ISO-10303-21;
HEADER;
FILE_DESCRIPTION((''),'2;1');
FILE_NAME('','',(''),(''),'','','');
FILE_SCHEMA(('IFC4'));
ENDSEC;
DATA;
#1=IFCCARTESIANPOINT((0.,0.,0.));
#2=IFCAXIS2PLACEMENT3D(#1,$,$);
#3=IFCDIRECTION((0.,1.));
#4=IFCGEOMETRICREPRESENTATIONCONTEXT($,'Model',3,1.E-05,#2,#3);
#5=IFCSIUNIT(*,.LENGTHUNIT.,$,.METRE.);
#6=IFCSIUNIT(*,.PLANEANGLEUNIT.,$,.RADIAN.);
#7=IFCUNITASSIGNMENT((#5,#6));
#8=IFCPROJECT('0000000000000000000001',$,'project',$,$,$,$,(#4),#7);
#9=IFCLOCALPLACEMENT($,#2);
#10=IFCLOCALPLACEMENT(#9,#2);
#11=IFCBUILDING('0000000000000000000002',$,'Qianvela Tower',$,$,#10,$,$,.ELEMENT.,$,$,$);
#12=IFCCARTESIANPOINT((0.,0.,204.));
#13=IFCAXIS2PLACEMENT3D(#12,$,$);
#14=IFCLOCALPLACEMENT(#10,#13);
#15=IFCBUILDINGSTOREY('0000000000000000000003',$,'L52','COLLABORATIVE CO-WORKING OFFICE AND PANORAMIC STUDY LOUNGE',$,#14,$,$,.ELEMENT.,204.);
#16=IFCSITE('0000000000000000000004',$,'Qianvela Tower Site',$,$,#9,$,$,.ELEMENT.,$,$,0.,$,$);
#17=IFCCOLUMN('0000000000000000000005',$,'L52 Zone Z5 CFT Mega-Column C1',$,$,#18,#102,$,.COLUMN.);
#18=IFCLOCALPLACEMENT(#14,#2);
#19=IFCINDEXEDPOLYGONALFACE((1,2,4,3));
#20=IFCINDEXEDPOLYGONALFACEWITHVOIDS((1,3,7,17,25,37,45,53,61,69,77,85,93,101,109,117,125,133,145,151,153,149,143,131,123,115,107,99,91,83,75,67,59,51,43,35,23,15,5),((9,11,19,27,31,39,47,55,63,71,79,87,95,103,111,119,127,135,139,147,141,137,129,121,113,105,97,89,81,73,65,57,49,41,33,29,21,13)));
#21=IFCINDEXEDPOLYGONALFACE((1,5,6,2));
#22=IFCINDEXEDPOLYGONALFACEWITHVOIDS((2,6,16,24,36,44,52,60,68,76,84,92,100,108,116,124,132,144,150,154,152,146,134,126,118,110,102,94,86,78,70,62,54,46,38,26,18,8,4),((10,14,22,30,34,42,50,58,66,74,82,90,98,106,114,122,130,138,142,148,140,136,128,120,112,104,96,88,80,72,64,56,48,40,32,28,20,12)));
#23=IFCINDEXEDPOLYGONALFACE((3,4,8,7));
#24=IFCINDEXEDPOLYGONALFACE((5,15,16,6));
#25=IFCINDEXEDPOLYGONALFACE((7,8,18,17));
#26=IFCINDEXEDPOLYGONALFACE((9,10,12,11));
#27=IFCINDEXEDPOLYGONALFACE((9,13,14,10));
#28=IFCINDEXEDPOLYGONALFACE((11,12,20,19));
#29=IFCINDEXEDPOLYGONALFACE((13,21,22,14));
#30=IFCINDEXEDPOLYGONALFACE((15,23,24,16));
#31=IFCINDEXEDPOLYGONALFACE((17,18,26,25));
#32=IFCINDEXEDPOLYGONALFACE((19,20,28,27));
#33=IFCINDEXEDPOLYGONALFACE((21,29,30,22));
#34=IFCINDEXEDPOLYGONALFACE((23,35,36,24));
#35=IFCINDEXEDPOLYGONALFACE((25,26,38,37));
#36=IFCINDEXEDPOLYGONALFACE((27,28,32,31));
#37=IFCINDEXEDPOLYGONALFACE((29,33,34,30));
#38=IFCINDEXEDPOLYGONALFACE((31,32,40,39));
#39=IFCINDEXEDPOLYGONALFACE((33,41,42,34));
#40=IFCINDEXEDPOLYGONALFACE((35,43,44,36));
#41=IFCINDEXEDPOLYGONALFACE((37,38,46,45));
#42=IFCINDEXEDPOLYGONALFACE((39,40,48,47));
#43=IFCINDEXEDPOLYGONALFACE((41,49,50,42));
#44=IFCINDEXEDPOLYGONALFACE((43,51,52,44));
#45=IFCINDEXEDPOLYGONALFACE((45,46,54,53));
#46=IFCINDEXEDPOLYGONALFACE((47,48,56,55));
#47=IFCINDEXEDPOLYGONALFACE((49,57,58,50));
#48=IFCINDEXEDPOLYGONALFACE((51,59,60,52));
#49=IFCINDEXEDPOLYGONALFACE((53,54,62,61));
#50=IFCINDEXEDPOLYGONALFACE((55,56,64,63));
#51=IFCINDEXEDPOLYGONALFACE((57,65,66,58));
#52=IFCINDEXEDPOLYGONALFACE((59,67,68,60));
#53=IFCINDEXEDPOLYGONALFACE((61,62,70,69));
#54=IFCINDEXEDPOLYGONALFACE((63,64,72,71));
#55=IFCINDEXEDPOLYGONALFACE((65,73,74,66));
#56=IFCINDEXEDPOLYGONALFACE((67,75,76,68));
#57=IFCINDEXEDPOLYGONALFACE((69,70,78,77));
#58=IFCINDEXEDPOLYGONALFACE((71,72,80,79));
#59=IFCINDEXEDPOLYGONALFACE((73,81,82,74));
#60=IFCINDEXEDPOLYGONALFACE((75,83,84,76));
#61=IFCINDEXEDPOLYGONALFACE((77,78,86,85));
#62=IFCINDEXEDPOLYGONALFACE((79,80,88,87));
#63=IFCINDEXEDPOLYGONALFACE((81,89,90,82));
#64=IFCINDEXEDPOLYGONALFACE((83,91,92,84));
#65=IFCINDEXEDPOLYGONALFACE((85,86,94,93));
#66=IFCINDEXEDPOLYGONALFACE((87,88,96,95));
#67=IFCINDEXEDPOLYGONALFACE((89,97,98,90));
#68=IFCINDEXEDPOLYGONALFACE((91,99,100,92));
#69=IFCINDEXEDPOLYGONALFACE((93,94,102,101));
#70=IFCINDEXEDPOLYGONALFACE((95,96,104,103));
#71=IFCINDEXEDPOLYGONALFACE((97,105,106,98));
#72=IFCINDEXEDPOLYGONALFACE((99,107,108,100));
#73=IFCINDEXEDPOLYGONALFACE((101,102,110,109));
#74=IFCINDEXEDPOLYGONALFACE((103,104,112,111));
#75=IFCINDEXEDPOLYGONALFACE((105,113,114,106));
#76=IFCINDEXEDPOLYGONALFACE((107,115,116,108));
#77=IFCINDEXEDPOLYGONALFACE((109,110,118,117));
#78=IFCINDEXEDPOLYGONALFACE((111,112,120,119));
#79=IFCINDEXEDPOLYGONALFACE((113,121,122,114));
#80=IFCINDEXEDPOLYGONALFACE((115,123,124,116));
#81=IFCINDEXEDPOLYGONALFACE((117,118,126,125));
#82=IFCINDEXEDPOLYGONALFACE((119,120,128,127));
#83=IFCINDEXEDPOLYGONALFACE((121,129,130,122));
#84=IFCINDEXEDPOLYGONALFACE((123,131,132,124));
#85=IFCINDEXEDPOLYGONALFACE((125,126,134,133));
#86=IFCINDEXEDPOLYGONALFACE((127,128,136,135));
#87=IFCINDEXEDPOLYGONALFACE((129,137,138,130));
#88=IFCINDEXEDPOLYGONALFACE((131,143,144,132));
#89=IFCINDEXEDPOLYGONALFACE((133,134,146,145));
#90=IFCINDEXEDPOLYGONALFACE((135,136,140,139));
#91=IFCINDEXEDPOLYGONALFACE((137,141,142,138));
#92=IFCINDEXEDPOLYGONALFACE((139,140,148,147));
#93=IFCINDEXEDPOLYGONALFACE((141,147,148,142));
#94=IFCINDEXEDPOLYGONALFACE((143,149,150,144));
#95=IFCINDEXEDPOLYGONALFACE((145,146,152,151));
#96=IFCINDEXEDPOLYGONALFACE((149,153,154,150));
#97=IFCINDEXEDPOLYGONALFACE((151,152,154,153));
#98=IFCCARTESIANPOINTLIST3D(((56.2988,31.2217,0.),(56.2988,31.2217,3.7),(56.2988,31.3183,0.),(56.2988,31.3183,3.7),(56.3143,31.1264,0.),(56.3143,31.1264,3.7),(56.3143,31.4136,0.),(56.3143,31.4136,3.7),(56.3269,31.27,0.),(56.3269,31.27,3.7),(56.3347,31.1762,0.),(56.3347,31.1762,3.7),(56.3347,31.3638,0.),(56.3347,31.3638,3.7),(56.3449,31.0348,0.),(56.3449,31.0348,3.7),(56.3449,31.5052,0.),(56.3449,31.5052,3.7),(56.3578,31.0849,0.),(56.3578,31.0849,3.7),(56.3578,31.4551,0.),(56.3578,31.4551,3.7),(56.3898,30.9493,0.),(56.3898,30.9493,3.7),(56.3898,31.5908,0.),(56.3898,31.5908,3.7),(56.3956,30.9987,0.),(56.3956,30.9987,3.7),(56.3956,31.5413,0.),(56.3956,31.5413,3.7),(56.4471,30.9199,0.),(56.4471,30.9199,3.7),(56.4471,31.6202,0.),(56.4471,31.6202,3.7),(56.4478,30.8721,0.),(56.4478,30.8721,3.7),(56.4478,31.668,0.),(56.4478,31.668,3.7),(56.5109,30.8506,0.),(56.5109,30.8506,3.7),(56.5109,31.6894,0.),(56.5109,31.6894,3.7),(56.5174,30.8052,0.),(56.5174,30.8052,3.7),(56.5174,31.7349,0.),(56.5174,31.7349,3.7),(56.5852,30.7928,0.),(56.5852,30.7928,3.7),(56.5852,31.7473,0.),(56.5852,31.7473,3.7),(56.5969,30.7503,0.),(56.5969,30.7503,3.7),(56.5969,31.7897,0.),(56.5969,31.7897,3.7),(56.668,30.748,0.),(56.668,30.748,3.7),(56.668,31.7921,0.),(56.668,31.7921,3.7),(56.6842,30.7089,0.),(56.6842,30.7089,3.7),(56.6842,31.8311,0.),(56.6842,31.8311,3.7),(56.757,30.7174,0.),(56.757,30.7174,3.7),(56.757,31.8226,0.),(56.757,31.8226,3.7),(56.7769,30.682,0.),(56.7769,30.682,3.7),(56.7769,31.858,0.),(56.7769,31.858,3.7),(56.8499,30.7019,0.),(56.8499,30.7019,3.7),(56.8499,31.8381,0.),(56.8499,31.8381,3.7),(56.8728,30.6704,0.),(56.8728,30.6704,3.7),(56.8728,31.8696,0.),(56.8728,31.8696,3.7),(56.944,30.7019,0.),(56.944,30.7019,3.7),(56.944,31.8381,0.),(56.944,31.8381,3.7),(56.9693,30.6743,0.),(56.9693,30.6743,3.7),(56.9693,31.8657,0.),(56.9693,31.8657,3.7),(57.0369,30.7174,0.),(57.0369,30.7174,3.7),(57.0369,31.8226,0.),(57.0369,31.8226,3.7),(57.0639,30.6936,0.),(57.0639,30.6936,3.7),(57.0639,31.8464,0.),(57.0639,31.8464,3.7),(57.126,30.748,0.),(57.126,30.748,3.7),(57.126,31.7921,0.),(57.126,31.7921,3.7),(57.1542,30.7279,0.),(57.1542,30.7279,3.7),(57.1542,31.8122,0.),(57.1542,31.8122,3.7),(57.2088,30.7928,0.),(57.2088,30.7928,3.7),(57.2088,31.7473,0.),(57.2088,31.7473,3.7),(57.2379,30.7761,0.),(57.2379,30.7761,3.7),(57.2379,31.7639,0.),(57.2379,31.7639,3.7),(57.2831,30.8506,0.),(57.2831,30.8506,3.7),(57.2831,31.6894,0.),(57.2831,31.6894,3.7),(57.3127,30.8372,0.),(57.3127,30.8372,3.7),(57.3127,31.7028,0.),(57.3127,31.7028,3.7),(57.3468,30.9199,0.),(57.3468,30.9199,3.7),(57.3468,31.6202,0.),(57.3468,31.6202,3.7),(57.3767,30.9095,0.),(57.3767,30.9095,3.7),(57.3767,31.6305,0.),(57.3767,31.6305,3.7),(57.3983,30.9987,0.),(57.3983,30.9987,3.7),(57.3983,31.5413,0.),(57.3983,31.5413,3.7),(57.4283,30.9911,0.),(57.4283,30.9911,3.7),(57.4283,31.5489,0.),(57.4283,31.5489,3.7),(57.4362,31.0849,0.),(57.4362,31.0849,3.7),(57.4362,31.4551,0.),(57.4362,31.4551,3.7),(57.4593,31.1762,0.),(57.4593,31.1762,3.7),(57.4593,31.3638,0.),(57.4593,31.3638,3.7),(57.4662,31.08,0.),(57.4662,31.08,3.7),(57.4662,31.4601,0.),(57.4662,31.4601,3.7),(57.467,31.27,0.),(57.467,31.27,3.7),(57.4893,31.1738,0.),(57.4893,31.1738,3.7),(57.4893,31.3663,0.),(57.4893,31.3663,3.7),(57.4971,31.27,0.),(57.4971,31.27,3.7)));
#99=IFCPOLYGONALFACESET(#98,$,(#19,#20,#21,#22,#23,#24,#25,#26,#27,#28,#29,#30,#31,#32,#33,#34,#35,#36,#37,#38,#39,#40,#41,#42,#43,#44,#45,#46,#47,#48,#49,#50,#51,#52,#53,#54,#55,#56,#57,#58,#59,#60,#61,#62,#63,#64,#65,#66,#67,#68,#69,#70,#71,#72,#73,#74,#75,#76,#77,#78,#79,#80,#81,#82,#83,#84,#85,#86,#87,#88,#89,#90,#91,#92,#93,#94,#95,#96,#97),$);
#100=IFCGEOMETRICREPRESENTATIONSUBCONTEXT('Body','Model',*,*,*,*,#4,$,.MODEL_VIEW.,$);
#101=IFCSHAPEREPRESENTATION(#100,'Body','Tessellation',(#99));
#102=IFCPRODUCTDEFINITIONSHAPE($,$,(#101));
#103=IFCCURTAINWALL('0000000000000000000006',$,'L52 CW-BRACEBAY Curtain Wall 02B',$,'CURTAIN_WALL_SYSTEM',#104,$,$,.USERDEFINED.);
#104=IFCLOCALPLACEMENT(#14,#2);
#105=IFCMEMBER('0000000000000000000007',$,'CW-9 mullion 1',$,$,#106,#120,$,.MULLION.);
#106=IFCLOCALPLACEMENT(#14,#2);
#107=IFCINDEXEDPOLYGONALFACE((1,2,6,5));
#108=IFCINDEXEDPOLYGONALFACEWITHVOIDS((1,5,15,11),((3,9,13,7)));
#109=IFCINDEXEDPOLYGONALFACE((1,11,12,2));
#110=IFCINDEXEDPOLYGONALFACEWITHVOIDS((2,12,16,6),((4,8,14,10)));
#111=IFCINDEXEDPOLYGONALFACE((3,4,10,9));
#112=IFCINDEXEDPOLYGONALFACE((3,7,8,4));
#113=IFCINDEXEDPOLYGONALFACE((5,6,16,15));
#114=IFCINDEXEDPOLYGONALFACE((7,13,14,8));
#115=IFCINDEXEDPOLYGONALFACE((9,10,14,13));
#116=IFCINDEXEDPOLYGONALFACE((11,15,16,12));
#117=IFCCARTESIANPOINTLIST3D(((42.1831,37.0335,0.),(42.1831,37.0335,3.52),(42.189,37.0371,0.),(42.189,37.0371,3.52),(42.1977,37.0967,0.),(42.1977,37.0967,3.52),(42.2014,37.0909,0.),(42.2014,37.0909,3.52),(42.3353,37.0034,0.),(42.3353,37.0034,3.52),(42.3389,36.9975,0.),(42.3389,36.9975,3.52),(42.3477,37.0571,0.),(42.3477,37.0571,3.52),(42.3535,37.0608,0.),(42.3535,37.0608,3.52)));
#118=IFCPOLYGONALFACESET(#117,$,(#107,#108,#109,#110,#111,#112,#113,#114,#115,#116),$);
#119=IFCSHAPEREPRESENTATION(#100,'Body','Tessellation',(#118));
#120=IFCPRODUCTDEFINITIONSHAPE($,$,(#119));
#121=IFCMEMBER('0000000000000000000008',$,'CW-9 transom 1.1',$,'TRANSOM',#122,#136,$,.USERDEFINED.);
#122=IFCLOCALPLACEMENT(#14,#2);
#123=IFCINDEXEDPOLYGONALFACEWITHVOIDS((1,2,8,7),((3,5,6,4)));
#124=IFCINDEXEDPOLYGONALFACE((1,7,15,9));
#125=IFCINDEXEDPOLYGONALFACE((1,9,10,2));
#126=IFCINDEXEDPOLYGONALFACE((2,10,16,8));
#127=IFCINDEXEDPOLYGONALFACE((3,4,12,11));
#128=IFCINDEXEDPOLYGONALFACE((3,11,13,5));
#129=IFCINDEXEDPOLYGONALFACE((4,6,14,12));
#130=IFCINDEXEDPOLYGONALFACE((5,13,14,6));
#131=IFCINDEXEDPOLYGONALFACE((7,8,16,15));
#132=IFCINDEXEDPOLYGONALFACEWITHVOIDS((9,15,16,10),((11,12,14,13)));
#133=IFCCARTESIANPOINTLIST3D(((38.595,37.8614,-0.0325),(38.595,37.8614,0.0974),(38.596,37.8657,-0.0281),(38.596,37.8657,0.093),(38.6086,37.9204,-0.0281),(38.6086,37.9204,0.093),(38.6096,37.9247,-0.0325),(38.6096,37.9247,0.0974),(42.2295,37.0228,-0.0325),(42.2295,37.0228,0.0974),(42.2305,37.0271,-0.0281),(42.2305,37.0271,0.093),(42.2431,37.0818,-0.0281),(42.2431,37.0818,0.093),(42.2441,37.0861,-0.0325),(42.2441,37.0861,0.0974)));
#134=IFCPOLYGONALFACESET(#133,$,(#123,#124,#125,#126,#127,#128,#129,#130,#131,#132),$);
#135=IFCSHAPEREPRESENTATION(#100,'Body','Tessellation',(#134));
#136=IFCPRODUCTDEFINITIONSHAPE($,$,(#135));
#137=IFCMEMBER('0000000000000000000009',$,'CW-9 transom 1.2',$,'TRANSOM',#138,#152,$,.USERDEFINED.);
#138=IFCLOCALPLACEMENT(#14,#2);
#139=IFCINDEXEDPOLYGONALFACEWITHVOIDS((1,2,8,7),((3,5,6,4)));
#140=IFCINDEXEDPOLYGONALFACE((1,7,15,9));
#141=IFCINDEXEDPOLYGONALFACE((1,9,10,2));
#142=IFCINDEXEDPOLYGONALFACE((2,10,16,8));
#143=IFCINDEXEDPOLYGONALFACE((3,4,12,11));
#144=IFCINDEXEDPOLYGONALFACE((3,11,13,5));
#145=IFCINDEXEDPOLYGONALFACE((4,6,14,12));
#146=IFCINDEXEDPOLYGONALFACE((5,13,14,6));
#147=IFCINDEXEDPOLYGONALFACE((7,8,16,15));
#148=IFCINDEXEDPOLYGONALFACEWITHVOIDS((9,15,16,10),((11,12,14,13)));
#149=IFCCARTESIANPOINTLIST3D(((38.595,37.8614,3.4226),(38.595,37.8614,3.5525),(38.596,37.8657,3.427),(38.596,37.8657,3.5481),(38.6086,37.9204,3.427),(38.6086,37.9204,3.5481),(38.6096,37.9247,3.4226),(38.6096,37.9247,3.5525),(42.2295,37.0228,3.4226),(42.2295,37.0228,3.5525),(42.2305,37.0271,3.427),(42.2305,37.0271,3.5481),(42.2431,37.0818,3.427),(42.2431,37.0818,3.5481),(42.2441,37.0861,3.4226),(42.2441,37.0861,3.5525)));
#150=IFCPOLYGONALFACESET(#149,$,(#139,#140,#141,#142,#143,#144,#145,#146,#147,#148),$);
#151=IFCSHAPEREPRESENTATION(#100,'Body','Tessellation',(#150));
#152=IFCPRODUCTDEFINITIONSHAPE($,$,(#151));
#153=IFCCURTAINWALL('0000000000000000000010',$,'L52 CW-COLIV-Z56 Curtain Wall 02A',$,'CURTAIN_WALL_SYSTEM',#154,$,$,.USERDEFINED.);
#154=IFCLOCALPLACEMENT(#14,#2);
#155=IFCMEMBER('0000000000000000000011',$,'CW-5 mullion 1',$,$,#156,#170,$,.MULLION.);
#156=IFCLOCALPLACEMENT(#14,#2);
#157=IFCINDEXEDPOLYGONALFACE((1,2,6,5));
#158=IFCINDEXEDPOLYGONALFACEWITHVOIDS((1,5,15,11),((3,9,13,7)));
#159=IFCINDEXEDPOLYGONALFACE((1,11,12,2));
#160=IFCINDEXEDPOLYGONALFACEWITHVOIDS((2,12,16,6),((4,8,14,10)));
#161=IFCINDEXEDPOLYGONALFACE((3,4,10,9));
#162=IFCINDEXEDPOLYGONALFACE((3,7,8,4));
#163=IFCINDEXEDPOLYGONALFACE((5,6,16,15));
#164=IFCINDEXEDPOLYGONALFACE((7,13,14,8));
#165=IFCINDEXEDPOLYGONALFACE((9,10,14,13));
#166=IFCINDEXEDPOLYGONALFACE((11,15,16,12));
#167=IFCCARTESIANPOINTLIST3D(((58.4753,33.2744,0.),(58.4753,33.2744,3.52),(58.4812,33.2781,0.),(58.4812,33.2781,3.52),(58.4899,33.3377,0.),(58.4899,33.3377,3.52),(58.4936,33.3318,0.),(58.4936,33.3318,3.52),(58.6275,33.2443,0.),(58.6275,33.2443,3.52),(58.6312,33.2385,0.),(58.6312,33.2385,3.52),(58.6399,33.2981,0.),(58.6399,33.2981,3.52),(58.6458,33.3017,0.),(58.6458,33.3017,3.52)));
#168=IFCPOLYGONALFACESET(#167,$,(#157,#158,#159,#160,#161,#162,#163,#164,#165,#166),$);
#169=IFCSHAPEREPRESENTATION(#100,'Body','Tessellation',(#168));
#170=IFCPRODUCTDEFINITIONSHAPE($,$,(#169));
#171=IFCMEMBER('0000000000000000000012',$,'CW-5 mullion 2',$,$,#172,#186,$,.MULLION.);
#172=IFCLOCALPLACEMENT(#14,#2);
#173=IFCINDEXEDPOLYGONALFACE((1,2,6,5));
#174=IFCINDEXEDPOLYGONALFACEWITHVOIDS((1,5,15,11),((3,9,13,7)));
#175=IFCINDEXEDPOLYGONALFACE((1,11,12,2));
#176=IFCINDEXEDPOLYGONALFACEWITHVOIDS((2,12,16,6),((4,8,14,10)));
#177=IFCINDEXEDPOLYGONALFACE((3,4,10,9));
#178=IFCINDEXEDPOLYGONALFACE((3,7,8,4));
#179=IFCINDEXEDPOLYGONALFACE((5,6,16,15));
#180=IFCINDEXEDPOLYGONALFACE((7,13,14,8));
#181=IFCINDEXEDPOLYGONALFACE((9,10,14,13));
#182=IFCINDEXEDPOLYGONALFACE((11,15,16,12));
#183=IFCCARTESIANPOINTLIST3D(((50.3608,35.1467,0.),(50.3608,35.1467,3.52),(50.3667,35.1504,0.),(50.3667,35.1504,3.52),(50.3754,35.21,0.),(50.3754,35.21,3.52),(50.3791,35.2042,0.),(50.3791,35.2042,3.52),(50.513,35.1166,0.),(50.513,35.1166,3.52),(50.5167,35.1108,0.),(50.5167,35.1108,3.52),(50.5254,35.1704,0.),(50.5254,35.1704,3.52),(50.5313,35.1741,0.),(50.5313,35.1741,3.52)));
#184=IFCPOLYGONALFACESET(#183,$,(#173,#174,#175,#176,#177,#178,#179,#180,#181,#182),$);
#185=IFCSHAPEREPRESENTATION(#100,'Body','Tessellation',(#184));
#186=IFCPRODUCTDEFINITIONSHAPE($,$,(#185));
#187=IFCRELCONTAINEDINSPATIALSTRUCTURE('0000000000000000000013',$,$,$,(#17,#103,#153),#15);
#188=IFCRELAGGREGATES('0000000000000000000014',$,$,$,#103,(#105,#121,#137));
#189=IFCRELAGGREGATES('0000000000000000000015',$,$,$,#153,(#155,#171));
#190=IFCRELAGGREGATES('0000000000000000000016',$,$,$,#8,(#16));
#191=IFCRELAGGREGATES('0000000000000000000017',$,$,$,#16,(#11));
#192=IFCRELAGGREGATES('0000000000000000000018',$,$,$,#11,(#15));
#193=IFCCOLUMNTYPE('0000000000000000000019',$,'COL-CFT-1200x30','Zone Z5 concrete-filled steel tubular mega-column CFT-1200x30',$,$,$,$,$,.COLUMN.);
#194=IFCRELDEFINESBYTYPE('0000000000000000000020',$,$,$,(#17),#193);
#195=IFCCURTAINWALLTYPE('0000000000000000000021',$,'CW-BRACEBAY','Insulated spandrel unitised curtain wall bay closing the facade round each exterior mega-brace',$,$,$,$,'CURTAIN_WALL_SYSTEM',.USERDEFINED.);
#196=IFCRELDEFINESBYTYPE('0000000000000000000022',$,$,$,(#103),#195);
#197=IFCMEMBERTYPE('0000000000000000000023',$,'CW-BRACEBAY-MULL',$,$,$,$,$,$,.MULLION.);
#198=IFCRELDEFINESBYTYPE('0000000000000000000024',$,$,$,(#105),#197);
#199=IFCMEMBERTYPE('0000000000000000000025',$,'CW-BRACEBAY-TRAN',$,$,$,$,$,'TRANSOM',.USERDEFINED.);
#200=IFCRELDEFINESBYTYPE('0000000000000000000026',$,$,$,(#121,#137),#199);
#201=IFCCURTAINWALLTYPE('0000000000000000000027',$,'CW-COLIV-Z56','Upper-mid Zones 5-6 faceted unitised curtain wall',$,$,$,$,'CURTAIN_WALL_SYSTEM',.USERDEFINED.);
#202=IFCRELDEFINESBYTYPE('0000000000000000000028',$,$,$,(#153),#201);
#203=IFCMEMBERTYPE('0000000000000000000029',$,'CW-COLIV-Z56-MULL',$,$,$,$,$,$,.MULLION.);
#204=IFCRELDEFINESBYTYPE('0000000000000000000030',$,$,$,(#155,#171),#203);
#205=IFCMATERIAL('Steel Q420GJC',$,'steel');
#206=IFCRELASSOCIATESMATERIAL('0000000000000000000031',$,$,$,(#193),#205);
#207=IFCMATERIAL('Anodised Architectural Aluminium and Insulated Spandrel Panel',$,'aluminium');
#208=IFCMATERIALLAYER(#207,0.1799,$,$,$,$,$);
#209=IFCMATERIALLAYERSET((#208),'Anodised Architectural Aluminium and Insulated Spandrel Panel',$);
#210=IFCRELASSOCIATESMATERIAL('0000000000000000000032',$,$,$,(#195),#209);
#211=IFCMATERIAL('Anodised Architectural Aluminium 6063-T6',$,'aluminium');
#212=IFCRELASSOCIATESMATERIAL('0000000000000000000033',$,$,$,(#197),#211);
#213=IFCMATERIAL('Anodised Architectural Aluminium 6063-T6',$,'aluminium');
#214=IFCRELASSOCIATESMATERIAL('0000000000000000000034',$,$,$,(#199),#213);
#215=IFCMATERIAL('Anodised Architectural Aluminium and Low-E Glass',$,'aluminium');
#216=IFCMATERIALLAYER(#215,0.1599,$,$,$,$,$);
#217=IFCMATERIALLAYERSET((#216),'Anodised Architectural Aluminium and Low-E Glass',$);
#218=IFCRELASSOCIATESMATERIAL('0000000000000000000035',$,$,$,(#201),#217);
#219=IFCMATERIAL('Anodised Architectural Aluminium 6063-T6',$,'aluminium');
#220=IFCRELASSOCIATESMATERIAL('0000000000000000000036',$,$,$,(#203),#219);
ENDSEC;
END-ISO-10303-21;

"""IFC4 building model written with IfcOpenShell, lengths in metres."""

from ifc_helpers import new_model, si_unit, direction, frame, origin, origin_2d, place, context, subcontext, project, spatial, hollow_rectangle, hollow_circle, extrude, material, layer, layer_set, material_profile, profile_set, type_object, element, aggregate, save


model = new_model("IFC4")

# Units and contexts
model_context = context("Model", 3, precision=1e-05, world=origin(), true_north=direction((0.0, 1.0)))
body_context = subcontext(model_context, "Body", "Model", "MODEL_VIEW")
ifc_project = project(units=[si_unit("LENGTHUNIT", "METRE"), si_unit("PLANEANGLEUNIT", "RADIAN")], contexts=[model_context])

# Site, building, storey
site_placement = place(None, origin())
site = spatial("IfcSite", under=ifc_project, at=site_placement, Name="Qianvela Tower Site", CompositionType="ELEMENT", RefElevation=0.0)
building_placement = place(site_placement, origin())
building = spatial("IfcBuilding", under=site, at=building_placement, Name="Qianvela Tower", CompositionType="ELEMENT")
storey_placement = place(building_placement, frame((0.0, 0.0, 204.0)))
storey = spatial("IfcBuildingStorey", under=building, at=storey_placement, Name="L52", Description="COLLABORATIVE CO-WORKING OFFICE AND PANORAMIC STUDY LOUNGE", CompositionType="ELEMENT", Elevation=204.0)

# Column
ifc_material_1 = material(Name="Steel Q420GJC", Category="steel")
ifc_material_profile_1 = material_profile(ifc_material_1, hollow_circle(Radius=0.6001, WallThickness=0.03, at=origin_2d()), Name="CFT-1200x30")
ifc_profile_set_1 = profile_set([ifc_material_profile_1], Name="Steel Q420GJC")
column_type = type_object("IfcColumnType", Name="COL-CFT-1200x30", Description="Zone Z5 concrete-filled steel tubular mega-column CFT-1200x30", PredefinedType="COLUMN", material=ifc_profile_set_1)
column_placement = place(storey_placement, frame((56.897, 31.27, 0.0), z_axis=(0.0, 0.0, 1.0), x_axis=(1.0, 0.0, 0.0)))
element("IfcColumn", 1, at=column_placement, inside=storey, type_object=column_type, Name="L52 Zone Z5 CFT Mega-Column C1", PredefinedType="COLUMN", context=body_context, shape_type="SweptSolid", body=[
    extrude(hollow_circle(Radius=0.6001, WallThickness=0.03, at=origin_2d()), origin(), (0.0, 0.0, 1.0), 3.7),
])

# Curtain walls, members
ifc_material_2 = material(Name="Anodised Architectural Aluminium and Insulated Spandrel Panel", Category="aluminium")
ifc_layer_1 = layer(ifc_material_2, 0.1799)
ifc_layer_set_1 = layer_set([ifc_layer_1], Name="Anodised Architectural Aluminium and Insulated Spandrel Panel")
curtain_wall_type_1 = type_object("IfcCurtainWallType", Name="CW-BRACEBAY", Description="Insulated spandrel unitised curtain wall bay closing the facade round each exterior mega-brace", ElementType="CURTAIN_WALL_SYSTEM", PredefinedType="USERDEFINED", material=ifc_layer_set_1)
curtain_wall_1_placement = place(storey_placement, origin())
curtain_wall_1 = element("IfcCurtainWall", 2, at=curtain_wall_1_placement, inside=storey, type_object=curtain_wall_type_1, Name="L52 CW-BRACEBAY Curtain Wall 02B", ObjectType="CURTAIN_WALL_SYSTEM", PredefinedType="USERDEFINED")
ifc_material_3 = material(Name="Anodised Architectural Aluminium 6063-T6", Category="aluminium")
ifc_material_profile_2 = material_profile(ifc_material_3, hollow_rectangle(XDim=0.0649, YDim=0.1599, WallThickness=0.0049, at=origin_2d()), Name="ALU-MULL-65x160")
ifc_profile_set_2 = profile_set([ifc_material_profile_2], Name="Anodised Architectural Aluminium 6063-T6")
member_type_1 = type_object("IfcMemberType", Name="CW-BRACEBAY-MULL", PredefinedType="MULLION", material=ifc_profile_set_2)
member_1_placement = place(storey_placement, frame((42.2683, 37.0471, 0.0), z_axis=(0.0, 0.0, 1.0), x_axis=(-0.224824, -0.974399, 0.0)))
member_1 = element("IfcMember", 3, at=member_1_placement, type_object=member_type_1, Name="CW-9 mullion 1", PredefinedType="MULLION", context=body_context, shape_type="SweptSolid", body=[
    extrude(hollow_rectangle(XDim=0.0649, YDim=0.1599, WallThickness=0.0049, at=origin_2d()), origin(), (0.0, 0.0, 1.0), 3.52),
])
ifc_material_4 = material(Name="Anodised Architectural Aluminium 6063-T6", Category="aluminium")
ifc_material_profile_3 = material_profile(ifc_material_4, hollow_rectangle(XDim=0.0649, YDim=0.1299, WallThickness=0.0044, at=origin_2d()), Name="ALU-TRAN-65x130")
ifc_profile_set_3 = profile_set([ifc_material_profile_3], Name="Anodised Architectural Aluminium 6063-T6")
member_type_2 = type_object("IfcMemberType", Name="CW-BRACEBAY-TRAN", ElementType="TRANSOM", PredefinedType="USERDEFINED", material=ifc_profile_set_3)
member_2_placement = place(storey_placement, frame((42.2368, 37.0544, 0.0325), z_axis=(-0.974398, 0.224831, 0.0), x_axis=(-0.224831, -0.974398, 0.0)))
member_2 = element("IfcMember", 4, at=member_2_placement, type_object=member_type_2, Name="CW-9 transom 1.1", ObjectType="TRANSOM", PredefinedType="USERDEFINED", context=body_context, shape_type="SweptSolid", body=[
    extrude(hollow_rectangle(XDim=0.0649, YDim=0.1299, WallThickness=0.0044, at=origin_2d()), origin(), (0.0, 0.0, 1.0), 3.73),
])
member_3_placement = place(storey_placement, frame((42.2368, 37.0544, 3.4875), z_axis=(-0.974398, 0.224831, 0.0), x_axis=(-0.224831, -0.974398, 0.0)))
member_3 = element("IfcMember", 5, at=member_3_placement, type_object=member_type_2, Name="CW-9 transom 1.2", ObjectType="TRANSOM", PredefinedType="USERDEFINED", context=body_context, shape_type="SweptSolid", body=[
    extrude(hollow_rectangle(XDim=0.0649, YDim=0.1299, WallThickness=0.0044, at=origin_2d()), origin(), (0.0, 0.0, 1.0), 3.73),
])
aggregate(curtain_wall_1, [member_1, member_2, member_3])
ifc_material_5 = material(Name="Anodised Architectural Aluminium and Low-E Glass", Category="aluminium")
ifc_layer_2 = layer(ifc_material_5, 0.1599)
ifc_layer_set_2 = layer_set([ifc_layer_2], Name="Anodised Architectural Aluminium and Low-E Glass")
curtain_wall_type_2 = type_object("IfcCurtainWallType", Name="CW-COLIV-Z56", Description="Upper-mid Zones 5-6 faceted unitised curtain wall", ElementType="CURTAIN_WALL_SYSTEM", PredefinedType="USERDEFINED", material=ifc_layer_set_2)
curtain_wall_2_placement = place(storey_placement, origin())
curtain_wall_2 = element("IfcCurtainWall", 6, at=curtain_wall_2_placement, inside=storey, type_object=curtain_wall_type_2, Name="L52 CW-COLIV-Z56 Curtain Wall 02A", ObjectType="CURTAIN_WALL_SYSTEM", PredefinedType="USERDEFINED")
ifc_material_6 = material(Name="Anodised Architectural Aluminium 6063-T6", Category="aluminium")
ifc_material_profile_4 = material_profile(ifc_material_6, hollow_rectangle(XDim=0.0649, YDim=0.1599, WallThickness=0.0049, at=origin_2d()), Name="ALU-MULL-65x160")
ifc_profile_set_4 = profile_set([ifc_material_profile_4], Name="Anodised Architectural Aluminium 6063-T6")
member_type_3 = type_object("IfcMemberType", Name="CW-COLIV-Z56-MULL", PredefinedType="MULLION", material=ifc_profile_set_4)
member_4_placement = place(storey_placement, frame((58.5605, 33.2881, 0.0), z_axis=(0.0, 0.0, 1.0), x_axis=(-0.224832, -0.974398, 0.0)))
member_4 = element("IfcMember", 7, at=member_4_placement, type_object=member_type_3, Name="CW-5 mullion 1", PredefinedType="MULLION", context=body_context, shape_type="SweptSolid", body=[
    extrude(hollow_rectangle(XDim=0.0649, YDim=0.1599, WallThickness=0.0049, at=origin_2d()), origin(), (0.0, 0.0, 1.0), 3.52),
])
member_5_placement = place(storey_placement, frame((50.446, 35.1604, 0.0), z_axis=(0.0, 0.0, 1.0), x_axis=(-0.224832, -0.974398, 0.0)))
member_5 = element("IfcMember", 8, at=member_5_placement, type_object=member_type_3, Name="CW-5 mullion 2", PredefinedType="MULLION", context=body_context, shape_type="SweptSolid", body=[
    extrude(hollow_rectangle(XDim=0.0649, YDim=0.1599, WallThickness=0.0049, at=origin_2d()), origin(), (0.0, 0.0, 1.0), 3.52),
])

aggregate(curtain_wall_2, [member_4, member_5])

save(model, "model.ifc")
